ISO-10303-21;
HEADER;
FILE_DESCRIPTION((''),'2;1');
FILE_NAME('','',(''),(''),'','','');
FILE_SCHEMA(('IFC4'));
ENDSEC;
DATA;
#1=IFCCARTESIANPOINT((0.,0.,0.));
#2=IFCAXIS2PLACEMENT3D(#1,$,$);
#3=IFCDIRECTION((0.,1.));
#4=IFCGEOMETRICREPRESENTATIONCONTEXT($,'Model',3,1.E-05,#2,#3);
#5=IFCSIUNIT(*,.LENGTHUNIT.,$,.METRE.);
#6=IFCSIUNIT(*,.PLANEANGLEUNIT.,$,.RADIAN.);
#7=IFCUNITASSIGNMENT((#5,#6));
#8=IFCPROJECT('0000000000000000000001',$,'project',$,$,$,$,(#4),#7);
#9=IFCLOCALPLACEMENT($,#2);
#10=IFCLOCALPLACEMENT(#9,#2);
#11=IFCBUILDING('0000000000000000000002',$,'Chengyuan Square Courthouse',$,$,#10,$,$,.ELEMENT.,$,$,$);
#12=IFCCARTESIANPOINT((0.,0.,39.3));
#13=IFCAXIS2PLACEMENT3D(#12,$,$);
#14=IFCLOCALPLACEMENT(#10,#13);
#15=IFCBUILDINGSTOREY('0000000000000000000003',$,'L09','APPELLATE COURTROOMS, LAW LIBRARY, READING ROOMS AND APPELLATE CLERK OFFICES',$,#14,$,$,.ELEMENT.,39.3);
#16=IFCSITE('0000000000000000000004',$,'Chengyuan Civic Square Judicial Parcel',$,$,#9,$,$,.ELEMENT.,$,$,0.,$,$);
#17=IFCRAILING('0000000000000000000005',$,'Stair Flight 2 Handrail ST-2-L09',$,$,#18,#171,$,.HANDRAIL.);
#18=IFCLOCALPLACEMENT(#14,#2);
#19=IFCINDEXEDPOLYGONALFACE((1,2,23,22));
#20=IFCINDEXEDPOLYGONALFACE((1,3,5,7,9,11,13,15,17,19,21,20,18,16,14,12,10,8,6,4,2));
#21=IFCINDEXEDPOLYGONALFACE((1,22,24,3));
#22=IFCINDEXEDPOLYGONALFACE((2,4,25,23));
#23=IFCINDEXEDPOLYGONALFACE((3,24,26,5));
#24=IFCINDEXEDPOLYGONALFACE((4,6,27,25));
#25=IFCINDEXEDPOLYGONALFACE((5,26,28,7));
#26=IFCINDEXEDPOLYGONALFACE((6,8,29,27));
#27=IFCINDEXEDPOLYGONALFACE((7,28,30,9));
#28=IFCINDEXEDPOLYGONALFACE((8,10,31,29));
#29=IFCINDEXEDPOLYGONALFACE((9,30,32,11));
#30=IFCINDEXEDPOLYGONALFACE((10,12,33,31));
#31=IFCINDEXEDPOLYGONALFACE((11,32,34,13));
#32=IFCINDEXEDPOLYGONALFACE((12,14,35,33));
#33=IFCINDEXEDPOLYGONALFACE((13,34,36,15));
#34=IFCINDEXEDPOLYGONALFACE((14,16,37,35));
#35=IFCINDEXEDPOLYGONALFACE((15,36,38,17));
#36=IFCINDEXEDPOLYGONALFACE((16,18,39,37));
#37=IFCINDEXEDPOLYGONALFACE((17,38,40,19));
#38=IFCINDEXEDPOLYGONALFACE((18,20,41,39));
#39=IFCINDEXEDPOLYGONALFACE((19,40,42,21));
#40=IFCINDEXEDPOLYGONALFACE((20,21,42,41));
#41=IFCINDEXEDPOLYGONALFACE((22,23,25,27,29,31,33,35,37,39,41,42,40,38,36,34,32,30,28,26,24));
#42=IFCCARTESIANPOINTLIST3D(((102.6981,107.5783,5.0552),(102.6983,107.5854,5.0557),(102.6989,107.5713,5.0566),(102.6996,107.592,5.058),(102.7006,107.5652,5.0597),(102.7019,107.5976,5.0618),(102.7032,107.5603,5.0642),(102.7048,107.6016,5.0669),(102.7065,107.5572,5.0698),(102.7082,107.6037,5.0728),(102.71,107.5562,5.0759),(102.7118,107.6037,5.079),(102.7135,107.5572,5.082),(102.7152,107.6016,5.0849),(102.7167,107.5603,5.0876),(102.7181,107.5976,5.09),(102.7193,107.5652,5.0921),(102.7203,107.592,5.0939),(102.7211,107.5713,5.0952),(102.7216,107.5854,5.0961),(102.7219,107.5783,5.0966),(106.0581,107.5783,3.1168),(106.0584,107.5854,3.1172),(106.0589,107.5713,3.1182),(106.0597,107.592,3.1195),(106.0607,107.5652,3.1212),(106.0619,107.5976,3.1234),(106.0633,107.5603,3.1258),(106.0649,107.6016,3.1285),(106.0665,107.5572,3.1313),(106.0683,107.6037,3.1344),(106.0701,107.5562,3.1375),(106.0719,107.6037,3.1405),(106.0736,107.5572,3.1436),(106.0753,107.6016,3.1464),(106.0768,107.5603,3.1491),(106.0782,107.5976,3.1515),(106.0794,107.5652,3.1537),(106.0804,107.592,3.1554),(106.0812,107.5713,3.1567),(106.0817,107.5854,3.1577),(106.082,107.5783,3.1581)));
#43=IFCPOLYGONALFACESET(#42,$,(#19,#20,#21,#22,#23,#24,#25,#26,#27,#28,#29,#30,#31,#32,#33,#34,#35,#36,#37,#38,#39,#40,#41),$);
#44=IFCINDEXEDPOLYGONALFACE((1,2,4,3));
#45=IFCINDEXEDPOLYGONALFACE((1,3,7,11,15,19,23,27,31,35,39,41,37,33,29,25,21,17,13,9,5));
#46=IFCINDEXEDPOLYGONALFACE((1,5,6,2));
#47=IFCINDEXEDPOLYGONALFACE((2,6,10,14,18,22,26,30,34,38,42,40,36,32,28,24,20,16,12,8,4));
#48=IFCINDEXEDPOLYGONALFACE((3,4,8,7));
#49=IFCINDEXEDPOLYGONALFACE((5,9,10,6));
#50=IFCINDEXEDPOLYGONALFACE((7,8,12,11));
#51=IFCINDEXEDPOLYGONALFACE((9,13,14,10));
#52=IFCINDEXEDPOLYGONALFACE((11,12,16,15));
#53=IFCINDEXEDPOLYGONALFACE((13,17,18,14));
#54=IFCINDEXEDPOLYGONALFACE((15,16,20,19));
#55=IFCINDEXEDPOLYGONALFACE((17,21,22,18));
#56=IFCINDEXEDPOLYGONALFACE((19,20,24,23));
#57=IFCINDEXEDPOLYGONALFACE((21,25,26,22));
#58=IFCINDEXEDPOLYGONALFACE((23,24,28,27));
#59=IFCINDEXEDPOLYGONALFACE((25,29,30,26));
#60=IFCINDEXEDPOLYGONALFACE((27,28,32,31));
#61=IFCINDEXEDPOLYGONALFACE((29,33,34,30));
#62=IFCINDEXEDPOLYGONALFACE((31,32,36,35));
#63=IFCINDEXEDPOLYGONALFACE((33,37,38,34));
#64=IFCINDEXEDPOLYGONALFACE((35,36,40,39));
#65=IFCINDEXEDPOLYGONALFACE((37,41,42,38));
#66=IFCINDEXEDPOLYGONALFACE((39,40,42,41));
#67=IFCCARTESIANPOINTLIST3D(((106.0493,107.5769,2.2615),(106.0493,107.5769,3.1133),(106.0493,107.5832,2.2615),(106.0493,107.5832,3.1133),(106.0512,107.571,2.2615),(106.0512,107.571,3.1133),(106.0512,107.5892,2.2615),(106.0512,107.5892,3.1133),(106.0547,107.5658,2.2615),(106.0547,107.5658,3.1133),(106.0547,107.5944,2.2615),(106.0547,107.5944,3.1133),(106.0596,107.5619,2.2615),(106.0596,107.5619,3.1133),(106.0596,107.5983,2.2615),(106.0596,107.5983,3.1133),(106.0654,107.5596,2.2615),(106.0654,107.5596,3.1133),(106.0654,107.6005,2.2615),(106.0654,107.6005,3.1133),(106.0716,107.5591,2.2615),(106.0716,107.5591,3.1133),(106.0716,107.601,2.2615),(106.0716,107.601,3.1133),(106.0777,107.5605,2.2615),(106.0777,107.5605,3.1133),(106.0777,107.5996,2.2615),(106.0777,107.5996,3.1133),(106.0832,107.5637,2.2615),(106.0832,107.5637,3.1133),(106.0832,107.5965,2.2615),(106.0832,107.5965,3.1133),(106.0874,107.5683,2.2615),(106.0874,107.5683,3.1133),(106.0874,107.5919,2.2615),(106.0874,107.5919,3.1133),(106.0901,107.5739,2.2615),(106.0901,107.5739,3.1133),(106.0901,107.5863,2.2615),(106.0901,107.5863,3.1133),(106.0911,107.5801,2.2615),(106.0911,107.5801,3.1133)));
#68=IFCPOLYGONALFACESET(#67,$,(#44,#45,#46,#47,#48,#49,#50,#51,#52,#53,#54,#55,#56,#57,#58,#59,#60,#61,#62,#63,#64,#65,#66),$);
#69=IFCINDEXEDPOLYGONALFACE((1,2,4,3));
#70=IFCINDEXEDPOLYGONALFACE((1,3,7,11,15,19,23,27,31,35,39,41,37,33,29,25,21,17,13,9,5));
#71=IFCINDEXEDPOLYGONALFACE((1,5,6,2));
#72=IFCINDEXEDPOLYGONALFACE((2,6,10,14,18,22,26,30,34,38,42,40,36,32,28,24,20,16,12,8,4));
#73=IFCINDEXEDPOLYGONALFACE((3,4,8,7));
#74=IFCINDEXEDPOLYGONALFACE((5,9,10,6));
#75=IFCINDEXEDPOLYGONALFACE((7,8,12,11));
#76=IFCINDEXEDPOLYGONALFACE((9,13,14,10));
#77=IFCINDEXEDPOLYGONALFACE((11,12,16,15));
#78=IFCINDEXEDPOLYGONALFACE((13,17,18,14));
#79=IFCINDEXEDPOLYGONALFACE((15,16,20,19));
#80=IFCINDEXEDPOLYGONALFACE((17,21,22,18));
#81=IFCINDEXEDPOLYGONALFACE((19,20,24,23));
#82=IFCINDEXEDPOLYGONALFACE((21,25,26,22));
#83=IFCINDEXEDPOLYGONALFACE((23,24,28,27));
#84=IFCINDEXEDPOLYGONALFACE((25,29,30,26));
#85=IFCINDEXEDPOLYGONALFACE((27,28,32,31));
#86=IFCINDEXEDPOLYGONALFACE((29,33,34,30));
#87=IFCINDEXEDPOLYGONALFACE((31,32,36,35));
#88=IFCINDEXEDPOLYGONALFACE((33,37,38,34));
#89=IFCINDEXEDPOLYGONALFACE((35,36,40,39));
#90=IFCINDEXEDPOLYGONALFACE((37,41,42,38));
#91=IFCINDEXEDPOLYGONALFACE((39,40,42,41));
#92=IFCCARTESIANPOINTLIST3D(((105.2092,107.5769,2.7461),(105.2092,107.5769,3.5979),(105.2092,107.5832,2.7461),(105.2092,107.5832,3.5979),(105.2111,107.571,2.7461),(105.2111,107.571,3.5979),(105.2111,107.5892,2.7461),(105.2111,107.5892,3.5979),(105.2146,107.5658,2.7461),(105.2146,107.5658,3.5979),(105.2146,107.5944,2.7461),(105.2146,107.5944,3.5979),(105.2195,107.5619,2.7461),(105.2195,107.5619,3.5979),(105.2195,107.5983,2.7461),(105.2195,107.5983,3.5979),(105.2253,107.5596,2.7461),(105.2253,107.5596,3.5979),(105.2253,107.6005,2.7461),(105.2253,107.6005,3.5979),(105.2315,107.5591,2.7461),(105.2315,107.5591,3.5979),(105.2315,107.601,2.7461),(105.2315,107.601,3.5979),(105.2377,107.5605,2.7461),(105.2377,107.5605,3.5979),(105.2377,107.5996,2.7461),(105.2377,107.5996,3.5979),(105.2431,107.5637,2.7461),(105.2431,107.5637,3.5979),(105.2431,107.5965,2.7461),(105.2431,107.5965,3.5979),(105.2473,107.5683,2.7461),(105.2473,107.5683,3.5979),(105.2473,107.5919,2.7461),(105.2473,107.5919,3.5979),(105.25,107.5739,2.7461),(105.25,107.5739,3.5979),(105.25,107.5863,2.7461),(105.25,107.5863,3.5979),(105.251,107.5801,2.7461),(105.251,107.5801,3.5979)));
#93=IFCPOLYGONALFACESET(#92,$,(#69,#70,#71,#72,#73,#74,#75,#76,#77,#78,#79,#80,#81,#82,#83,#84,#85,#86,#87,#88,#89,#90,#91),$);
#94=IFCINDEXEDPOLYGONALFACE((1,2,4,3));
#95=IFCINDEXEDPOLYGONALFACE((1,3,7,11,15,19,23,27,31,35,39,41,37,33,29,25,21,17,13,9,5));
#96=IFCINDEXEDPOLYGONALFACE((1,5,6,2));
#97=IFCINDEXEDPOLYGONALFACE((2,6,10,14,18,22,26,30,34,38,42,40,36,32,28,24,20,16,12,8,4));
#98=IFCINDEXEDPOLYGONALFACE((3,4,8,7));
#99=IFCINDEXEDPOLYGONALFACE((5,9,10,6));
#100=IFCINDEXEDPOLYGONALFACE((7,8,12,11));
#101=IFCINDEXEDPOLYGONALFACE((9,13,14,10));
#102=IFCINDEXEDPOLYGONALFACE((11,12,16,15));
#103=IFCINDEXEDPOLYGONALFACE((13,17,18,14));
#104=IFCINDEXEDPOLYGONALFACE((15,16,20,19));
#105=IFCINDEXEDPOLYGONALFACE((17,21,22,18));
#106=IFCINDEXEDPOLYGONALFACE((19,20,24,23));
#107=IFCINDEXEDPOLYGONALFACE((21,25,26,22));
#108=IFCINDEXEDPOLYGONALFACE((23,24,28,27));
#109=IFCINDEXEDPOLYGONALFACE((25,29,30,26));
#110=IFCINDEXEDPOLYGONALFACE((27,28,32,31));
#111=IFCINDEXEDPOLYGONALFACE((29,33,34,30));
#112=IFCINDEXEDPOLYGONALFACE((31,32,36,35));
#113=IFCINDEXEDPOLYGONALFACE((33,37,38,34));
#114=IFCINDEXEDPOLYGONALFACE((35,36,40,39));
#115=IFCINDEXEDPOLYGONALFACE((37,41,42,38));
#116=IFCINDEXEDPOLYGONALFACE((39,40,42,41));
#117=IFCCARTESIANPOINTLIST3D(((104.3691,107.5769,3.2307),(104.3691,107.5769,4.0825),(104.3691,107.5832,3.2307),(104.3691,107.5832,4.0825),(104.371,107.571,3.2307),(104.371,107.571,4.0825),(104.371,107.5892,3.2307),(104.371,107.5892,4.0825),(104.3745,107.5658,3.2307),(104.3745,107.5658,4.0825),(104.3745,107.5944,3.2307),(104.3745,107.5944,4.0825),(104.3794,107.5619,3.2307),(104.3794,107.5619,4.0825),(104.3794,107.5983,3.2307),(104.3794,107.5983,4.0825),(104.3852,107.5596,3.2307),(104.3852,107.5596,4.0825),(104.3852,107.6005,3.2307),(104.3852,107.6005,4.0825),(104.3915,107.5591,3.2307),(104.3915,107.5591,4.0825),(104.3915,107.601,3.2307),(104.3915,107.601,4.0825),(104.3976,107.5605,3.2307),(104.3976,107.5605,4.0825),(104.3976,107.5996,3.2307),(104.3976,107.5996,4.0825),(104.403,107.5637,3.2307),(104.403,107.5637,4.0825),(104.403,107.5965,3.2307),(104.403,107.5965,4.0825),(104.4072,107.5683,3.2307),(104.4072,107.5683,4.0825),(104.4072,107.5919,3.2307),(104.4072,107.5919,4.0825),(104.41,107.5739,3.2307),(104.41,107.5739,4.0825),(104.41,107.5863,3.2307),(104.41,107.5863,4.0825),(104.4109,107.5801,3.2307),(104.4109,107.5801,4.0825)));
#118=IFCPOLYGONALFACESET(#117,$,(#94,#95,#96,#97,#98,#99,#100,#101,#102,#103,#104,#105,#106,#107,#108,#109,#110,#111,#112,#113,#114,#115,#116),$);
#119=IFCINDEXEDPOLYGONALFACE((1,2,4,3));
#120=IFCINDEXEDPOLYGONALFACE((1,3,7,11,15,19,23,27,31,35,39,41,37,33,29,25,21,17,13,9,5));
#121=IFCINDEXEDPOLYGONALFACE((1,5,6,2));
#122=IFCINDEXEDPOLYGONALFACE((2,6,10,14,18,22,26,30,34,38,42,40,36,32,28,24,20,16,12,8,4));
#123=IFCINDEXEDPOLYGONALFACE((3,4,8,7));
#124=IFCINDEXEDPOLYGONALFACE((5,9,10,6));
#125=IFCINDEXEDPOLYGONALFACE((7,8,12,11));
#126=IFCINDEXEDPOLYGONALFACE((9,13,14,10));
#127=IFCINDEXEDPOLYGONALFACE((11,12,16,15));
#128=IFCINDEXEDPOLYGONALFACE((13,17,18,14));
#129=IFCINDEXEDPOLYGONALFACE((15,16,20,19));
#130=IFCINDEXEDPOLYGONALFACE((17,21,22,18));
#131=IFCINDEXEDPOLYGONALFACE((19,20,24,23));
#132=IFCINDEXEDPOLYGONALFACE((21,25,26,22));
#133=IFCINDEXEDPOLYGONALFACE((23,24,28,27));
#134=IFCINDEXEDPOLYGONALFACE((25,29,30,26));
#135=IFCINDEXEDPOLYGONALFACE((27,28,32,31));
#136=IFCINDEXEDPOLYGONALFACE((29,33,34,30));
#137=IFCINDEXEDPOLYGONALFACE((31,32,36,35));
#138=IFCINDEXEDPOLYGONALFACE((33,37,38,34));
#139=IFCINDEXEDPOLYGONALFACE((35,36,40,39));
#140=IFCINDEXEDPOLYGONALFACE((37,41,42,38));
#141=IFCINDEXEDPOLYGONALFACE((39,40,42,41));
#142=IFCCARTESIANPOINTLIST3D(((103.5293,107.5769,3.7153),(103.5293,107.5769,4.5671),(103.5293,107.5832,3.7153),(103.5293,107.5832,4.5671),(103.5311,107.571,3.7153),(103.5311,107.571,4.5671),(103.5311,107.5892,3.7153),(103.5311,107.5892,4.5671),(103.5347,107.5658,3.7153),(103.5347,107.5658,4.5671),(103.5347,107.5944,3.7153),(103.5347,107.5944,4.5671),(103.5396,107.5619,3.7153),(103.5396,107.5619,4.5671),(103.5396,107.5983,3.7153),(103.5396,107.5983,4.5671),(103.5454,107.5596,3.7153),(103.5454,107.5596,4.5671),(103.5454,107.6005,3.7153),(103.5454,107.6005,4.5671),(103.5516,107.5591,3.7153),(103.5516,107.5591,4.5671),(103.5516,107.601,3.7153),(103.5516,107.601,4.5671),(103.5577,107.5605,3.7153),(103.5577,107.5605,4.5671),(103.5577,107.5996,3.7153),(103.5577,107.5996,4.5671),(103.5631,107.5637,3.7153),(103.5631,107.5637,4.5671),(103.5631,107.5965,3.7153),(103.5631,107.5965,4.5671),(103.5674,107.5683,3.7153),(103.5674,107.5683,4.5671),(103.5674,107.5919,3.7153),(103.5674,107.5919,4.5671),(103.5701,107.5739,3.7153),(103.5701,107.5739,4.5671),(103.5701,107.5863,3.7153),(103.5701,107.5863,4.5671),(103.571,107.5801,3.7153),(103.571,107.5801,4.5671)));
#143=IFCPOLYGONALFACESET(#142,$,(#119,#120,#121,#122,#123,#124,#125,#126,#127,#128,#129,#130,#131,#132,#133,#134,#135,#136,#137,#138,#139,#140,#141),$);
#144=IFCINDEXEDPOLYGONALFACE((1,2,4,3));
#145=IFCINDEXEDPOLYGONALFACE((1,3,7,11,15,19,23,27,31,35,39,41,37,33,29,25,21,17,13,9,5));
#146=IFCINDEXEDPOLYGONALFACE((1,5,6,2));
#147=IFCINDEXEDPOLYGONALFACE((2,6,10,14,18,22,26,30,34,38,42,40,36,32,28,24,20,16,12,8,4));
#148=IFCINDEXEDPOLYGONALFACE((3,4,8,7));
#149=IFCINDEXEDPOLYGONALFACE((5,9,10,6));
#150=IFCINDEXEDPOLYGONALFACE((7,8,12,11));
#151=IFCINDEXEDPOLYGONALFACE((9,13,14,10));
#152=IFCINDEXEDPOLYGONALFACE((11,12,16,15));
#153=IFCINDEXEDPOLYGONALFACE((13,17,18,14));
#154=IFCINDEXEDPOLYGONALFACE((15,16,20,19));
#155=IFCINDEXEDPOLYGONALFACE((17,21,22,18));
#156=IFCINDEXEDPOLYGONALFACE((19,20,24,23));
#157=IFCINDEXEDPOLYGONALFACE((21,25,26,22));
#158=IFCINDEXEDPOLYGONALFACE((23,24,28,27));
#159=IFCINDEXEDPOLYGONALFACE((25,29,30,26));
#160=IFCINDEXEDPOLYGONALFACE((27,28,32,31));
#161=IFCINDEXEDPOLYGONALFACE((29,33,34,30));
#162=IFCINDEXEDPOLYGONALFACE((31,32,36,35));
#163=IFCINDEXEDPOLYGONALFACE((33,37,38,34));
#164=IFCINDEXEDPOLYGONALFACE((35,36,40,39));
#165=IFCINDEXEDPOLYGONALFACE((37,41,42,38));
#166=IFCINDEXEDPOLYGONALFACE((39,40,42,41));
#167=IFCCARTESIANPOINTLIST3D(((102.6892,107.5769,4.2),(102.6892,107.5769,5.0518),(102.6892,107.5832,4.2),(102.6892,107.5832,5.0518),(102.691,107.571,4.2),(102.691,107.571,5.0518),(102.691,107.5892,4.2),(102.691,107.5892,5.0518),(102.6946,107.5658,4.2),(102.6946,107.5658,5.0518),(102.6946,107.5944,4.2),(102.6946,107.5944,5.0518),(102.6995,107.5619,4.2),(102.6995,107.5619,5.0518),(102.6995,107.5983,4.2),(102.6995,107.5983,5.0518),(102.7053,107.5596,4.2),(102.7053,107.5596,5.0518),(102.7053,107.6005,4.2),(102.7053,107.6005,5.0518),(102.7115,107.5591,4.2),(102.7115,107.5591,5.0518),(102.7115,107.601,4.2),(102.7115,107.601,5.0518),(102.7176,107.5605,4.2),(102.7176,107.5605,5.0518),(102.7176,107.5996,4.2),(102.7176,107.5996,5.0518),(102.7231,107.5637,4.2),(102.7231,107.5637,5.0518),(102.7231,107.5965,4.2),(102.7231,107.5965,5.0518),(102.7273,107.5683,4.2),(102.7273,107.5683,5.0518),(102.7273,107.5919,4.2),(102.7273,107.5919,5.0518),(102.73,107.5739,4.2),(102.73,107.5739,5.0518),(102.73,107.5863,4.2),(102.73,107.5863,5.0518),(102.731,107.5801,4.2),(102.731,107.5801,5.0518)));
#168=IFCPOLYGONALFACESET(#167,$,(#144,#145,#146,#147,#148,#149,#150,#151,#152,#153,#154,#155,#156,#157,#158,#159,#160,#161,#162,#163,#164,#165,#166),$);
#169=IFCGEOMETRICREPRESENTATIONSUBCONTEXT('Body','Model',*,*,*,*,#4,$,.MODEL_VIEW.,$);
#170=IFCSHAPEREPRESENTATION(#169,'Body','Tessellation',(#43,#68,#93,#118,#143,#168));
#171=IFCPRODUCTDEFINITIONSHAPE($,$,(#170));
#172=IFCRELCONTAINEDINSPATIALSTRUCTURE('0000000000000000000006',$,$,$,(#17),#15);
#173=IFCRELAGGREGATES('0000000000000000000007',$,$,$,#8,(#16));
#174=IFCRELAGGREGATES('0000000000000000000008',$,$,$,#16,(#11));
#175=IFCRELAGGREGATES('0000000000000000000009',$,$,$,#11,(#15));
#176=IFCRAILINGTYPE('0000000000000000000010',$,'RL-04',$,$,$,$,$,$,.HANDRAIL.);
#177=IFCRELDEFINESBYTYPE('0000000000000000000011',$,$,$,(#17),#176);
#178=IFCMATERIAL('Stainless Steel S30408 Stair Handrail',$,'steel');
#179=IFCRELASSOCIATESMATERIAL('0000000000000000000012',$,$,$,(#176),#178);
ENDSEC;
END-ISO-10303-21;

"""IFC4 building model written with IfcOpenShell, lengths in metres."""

from ifc_helpers import new_model, si_unit, direction, frame, origin, origin_2d, place, context, subcontext, project, spatial, circle, extrude, material, type_object, element, save


model = new_model("IFC4")

# Units and contexts
model_context = context("Model", 3, precision=1e-05, world=origin(), true_north=direction((0.0, 1.0)))
body_context = subcontext(model_context, "Body", "Model", "MODEL_VIEW")
ifc_project = project(units=[si_unit("LENGTHUNIT", "METRE"), si_unit("PLANEANGLEUNIT", "RADIAN")], contexts=[model_context])

# Site, building, storey
site_placement = place(None, origin())
site = spatial("IfcSite", under=ifc_project, at=site_placement, Name="Chengyuan Civic Square Judicial Parcel", CompositionType="ELEMENT", RefElevation=0.0)
building_placement = place(site_placement, origin())
building = spatial("IfcBuilding", under=site, at=building_placement, Name="Chengyuan Square Courthouse", CompositionType="ELEMENT")
storey_placement = place(building_placement, frame((0.0, 0.0, 39.3)))
storey = spatial("IfcBuildingStorey", under=building, at=storey_placement, Name="L09", Description="APPELLATE COURTROOMS, LAW LIBRARY, READING ROOMS AND APPELLATE CLERK OFFICES", CompositionType="ELEMENT", Elevation=39.3)

# Railing
ifc_material_1 = material(Name="Stainless Steel S30408 Stair Handrail", Category="steel")
railing_type_1 = type_object("IfcRailingType", Name="RL-04", PredefinedType="HANDRAIL", material=ifc_material_1)
railing_1_placement = place(storey_placement, frame((106.0701, 107.5801, 2.2615)))
element("IfcRailing", 1, at=railing_1_placement, inside=storey, type_object=railing_type_1, Name="Stair Flight 2 Handrail ST-2-L09", PredefinedType="HANDRAIL", context=body_context, shape_type="SweptSolid", body=[
    extrude(circle(Radius=0.0239, at=origin_2d()), frame((0.0, 0.0, 0.876), z_axis=(-0.866191, 0.0, 0.499713), x_axis=(0.0, -1.0, 0.0)), (0.0, 0.0, 1.0), 3.8792),
    extrude(circle(Radius=0.021, at=origin_2d()), origin(), (0.0, 0.0, 1.0), 0.8518),
    extrude(circle(Radius=0.021, at=origin_2d()), frame((-0.8401, 0.0, 0.4846)), (0.0, 0.0, 1.0), 0.8518),
    extrude(circle(Radius=0.021, at=origin_2d()), frame((-1.6802, 0.0, 0.9692)), (0.0, 0.0, 1.0), 0.8518),
    extrude(circle(Radius=0.021, at=origin_2d()), frame((-2.52, 0.0, 1.4539)), (0.0, 0.0, 1.0), 0.8518),
    extrude(circle(Radius=0.021, at=origin_2d()), frame((-3.3601, 0.0, 1.9385)), (0.0, 0.0, 1.0), 0.8518),
])

save(model, "model.ifc")
